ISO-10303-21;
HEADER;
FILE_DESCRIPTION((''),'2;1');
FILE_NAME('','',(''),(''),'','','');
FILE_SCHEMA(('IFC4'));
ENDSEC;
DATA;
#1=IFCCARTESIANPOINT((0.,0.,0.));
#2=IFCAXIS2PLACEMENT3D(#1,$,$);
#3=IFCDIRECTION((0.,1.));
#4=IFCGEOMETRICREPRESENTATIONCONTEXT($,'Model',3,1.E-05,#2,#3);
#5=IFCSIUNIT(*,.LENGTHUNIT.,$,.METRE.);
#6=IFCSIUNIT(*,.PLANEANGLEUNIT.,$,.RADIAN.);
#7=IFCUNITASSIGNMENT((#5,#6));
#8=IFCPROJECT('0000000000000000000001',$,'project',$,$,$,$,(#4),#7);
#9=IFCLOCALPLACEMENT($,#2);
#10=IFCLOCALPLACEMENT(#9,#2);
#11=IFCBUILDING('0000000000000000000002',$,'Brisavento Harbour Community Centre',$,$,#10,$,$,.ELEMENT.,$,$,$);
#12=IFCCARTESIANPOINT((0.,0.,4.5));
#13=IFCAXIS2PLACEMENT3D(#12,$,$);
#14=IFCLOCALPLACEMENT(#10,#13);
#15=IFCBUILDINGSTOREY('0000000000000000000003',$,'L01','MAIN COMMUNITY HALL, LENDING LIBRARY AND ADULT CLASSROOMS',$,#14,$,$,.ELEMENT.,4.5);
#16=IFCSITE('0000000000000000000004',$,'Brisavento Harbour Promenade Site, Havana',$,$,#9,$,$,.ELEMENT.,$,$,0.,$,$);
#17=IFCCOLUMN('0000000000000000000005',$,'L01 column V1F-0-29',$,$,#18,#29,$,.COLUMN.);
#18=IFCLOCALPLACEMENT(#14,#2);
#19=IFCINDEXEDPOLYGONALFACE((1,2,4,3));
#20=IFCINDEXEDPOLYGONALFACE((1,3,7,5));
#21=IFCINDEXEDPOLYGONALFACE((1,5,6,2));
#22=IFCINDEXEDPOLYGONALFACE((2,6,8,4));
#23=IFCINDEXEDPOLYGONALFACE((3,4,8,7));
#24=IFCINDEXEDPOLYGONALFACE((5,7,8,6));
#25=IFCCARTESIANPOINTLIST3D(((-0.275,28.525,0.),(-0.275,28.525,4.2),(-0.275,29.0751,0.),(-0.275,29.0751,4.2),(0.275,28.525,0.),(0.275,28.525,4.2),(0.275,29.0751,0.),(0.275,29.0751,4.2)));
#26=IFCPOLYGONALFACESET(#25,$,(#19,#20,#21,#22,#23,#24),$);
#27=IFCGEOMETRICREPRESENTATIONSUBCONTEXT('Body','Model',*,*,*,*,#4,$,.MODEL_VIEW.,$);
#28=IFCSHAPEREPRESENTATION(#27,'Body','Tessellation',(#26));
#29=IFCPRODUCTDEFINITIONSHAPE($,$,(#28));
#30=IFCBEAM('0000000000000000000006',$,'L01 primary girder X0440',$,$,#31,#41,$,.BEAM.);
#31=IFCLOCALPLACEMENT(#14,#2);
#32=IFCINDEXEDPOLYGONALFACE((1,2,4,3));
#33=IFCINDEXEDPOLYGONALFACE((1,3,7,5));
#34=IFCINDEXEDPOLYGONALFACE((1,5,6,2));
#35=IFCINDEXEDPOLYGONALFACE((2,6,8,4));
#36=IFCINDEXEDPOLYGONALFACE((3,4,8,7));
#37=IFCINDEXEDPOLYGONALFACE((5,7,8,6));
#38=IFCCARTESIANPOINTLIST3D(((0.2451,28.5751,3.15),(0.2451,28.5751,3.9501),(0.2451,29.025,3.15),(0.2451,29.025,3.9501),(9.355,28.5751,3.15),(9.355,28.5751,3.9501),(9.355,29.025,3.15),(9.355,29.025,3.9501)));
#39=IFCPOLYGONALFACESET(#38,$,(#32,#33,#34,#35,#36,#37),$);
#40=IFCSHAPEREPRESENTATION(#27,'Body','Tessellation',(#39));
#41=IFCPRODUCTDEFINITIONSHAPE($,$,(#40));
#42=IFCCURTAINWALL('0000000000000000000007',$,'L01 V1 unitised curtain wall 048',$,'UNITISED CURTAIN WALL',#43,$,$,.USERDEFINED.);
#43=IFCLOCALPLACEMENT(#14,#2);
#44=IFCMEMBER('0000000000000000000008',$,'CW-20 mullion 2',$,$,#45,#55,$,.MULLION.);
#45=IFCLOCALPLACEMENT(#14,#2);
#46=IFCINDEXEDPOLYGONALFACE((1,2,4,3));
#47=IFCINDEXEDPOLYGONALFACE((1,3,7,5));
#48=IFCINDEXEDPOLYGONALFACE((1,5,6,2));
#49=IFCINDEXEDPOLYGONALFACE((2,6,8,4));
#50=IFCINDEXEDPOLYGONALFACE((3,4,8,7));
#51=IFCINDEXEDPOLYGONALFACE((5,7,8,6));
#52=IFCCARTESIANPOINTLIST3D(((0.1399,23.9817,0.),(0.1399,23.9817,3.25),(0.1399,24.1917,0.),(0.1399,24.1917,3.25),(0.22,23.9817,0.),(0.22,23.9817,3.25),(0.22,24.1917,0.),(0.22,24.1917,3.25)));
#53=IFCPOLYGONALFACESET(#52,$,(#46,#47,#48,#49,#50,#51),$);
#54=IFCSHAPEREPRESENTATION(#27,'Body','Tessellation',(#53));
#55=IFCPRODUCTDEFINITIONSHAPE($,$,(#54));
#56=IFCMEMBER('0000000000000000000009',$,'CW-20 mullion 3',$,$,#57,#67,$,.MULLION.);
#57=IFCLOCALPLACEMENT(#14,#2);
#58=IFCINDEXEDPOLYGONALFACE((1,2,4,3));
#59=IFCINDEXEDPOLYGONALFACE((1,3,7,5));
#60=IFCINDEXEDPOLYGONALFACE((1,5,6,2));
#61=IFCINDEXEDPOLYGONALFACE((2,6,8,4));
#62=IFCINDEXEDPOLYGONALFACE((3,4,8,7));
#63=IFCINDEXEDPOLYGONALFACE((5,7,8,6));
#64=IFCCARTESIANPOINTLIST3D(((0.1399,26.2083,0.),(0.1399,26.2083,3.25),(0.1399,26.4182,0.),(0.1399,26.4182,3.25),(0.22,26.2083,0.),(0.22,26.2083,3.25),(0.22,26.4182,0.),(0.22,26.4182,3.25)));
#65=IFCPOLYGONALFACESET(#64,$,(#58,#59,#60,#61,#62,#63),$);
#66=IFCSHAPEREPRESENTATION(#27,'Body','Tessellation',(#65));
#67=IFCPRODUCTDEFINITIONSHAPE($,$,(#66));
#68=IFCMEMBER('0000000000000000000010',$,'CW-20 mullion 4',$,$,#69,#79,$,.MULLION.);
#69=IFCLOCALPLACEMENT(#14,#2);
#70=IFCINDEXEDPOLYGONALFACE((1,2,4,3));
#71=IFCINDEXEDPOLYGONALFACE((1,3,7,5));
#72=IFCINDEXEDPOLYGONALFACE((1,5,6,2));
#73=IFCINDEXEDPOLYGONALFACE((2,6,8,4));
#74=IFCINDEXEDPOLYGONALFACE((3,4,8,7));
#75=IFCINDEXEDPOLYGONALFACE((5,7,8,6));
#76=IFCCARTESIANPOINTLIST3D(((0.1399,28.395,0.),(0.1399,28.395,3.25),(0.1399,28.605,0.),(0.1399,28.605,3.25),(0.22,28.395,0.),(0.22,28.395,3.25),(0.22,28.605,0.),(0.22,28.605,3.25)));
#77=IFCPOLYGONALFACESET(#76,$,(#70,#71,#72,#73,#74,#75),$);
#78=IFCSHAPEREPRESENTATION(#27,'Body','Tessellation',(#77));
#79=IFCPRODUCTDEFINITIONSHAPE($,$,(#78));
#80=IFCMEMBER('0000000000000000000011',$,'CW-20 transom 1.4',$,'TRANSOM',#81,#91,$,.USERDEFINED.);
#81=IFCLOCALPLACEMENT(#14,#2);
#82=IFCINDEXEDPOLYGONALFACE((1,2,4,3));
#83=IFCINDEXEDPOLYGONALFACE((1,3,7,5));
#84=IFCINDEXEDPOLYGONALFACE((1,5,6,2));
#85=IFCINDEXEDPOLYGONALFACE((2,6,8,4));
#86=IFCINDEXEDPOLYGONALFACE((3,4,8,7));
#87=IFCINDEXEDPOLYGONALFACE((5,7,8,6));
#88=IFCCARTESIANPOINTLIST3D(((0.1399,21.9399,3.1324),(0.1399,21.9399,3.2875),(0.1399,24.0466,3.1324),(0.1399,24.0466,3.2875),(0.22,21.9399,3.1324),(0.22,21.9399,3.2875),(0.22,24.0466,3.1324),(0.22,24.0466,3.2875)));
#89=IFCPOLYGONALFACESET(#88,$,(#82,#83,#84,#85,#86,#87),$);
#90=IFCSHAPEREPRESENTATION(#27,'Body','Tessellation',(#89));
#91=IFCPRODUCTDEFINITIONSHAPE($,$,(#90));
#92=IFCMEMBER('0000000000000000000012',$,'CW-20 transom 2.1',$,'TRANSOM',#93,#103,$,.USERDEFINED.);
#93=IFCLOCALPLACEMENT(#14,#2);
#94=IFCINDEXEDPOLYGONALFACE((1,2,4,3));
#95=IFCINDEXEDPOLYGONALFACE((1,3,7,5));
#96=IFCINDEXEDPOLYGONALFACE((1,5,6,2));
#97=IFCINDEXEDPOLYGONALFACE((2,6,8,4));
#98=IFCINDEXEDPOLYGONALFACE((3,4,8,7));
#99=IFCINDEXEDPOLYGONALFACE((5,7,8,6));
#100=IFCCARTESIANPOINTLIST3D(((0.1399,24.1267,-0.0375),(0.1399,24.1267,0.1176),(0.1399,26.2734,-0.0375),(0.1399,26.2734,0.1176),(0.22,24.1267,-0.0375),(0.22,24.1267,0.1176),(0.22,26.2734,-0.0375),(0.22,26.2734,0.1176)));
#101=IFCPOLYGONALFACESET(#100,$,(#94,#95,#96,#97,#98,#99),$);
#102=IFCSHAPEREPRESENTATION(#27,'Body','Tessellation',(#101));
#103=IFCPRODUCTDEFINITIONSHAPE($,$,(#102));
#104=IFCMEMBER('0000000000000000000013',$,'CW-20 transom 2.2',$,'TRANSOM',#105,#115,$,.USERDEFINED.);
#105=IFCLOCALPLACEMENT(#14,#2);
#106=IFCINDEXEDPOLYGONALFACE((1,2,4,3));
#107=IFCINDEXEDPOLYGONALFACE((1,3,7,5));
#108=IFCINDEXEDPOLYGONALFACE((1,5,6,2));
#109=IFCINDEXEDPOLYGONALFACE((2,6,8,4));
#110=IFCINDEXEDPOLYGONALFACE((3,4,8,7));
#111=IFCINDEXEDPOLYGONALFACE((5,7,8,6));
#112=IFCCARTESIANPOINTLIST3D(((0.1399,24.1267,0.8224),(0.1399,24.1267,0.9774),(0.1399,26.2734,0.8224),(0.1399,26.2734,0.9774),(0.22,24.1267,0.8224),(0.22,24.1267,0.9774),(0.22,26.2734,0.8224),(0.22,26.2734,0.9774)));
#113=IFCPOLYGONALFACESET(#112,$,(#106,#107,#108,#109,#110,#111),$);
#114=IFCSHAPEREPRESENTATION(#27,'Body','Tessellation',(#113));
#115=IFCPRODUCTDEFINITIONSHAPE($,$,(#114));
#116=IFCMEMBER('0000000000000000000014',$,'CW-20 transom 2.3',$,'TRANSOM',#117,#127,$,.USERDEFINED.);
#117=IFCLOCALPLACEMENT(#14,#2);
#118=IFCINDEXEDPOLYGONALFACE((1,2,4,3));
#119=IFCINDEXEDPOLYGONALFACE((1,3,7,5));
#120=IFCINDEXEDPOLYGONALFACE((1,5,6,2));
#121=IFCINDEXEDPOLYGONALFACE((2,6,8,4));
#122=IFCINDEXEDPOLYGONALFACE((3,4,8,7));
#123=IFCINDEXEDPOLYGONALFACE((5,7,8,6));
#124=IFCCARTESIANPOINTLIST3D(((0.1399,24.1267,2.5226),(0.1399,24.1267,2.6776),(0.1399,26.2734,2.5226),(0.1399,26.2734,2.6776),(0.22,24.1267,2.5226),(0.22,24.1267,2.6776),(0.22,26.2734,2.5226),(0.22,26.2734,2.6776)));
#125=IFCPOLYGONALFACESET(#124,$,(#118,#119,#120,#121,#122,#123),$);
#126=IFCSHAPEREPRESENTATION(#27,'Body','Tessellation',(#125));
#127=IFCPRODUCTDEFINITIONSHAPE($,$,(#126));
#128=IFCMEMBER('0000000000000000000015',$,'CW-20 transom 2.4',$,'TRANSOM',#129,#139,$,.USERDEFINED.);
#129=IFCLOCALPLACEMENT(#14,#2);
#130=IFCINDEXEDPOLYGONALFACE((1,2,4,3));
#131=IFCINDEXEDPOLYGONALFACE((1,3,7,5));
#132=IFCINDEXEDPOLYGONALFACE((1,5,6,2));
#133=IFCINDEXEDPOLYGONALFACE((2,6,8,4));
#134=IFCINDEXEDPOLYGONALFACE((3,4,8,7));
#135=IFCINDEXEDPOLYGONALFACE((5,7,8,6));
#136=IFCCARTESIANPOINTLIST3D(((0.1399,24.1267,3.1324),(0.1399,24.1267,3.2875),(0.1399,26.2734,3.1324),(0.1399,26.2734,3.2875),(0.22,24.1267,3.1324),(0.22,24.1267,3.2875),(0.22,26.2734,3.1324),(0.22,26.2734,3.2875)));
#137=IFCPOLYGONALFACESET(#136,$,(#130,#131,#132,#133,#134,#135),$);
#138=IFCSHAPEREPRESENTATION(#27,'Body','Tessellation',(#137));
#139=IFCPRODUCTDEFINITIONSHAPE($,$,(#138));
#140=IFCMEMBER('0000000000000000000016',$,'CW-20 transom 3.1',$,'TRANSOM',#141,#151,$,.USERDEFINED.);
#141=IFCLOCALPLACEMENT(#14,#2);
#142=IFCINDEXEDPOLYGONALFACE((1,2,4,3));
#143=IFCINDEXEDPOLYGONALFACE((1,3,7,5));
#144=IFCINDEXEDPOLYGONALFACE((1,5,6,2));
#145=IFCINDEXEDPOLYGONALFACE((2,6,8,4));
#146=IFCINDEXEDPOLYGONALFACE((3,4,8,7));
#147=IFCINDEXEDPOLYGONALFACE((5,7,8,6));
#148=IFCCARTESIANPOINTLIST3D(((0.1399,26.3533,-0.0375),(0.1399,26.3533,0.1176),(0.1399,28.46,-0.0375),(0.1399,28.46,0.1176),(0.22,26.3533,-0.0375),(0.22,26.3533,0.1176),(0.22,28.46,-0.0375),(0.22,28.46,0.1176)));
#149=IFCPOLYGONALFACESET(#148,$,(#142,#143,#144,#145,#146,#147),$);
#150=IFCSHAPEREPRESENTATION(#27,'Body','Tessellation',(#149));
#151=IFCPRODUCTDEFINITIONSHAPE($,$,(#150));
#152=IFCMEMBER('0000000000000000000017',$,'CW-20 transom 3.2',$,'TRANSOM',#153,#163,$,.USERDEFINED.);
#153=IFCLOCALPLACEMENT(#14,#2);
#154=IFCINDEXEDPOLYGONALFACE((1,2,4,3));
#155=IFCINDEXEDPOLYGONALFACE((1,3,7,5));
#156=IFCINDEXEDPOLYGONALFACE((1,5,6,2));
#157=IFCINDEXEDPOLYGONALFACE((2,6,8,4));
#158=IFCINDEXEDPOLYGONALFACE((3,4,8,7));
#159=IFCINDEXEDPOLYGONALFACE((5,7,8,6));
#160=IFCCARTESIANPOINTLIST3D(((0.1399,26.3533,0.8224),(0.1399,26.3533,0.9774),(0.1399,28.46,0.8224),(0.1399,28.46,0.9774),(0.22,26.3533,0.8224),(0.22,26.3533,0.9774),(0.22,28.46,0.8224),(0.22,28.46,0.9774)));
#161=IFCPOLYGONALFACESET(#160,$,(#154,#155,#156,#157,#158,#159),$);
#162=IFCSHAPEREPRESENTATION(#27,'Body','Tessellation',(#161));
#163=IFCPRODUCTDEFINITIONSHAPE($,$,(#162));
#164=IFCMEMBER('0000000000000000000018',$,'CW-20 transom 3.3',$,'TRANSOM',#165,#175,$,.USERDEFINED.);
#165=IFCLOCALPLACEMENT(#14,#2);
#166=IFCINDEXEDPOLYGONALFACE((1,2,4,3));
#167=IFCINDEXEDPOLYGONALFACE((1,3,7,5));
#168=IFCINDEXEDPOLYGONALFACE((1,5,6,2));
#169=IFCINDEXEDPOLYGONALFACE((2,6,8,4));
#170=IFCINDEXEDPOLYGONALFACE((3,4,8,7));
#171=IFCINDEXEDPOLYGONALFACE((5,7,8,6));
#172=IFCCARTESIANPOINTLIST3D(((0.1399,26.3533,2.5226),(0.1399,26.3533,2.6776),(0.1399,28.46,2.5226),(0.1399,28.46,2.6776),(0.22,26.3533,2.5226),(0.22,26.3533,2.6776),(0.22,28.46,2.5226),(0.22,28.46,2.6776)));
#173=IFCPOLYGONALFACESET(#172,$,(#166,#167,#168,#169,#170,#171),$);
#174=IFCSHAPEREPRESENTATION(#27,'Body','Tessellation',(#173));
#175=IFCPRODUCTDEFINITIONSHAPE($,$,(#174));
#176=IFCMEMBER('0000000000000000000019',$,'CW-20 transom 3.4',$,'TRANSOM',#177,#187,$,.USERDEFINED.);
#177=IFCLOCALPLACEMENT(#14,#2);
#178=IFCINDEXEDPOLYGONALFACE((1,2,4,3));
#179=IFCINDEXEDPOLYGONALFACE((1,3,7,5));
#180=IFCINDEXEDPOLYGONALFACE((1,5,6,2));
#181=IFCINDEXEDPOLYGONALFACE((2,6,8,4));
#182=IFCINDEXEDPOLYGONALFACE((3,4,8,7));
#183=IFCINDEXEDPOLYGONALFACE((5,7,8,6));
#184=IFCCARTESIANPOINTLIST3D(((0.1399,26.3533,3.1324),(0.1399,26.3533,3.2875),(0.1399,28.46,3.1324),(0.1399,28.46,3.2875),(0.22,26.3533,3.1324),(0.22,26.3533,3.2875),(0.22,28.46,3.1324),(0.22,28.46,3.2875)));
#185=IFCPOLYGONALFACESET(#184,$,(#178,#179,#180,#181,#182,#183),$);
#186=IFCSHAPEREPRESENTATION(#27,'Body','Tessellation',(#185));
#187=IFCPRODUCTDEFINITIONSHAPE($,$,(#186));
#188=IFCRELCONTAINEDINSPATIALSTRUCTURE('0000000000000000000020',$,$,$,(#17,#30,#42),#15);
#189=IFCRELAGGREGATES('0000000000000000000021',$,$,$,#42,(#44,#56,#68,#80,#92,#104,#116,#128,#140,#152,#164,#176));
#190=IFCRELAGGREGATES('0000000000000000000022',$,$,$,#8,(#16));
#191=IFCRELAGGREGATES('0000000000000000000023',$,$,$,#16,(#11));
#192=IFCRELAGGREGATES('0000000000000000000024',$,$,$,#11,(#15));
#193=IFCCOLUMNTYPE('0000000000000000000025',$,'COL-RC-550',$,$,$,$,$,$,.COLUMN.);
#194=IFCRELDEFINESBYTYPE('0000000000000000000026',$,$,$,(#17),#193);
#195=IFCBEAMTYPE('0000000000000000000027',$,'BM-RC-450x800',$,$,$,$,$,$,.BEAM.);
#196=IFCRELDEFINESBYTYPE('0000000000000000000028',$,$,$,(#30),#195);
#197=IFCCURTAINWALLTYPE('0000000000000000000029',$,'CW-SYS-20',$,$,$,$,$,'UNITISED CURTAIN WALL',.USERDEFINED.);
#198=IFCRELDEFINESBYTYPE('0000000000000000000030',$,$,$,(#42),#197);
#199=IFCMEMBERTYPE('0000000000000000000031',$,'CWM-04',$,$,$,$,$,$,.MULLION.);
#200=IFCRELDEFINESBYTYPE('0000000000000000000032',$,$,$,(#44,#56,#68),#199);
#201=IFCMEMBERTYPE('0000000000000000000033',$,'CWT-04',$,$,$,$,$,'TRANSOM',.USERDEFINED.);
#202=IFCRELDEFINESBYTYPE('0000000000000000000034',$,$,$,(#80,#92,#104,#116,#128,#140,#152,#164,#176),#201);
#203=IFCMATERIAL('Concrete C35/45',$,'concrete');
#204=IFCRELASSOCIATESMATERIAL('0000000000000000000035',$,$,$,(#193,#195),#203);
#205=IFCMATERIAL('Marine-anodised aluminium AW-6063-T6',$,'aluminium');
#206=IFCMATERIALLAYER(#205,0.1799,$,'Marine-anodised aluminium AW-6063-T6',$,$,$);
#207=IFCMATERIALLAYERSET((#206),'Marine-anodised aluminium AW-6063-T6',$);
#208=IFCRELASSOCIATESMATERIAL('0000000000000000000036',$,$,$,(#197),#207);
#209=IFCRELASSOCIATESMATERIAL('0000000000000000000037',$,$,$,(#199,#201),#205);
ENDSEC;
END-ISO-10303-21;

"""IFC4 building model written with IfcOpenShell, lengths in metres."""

from ifc_helpers import new_model, si_unit, direction, frame, origin, origin_2d, place, context, subcontext, project, spatial, rectangle, extrude, material, layer, layer_set, material_profile, profile_set, type_object, element, aggregate, save


model = new_model("IFC4")

# Units and contexts
model_context = context("Model", 3, precision=1e-05, world=origin(), true_north=direction((0.0, 1.0)))
body_context = subcontext(model_context, "Body", "Model", "MODEL_VIEW")
ifc_project = project(units=[si_unit("LENGTHUNIT", "METRE"), si_unit("PLANEANGLEUNIT", "RADIAN")], contexts=[model_context])

# Site, building, storey
site_placement = place(None, origin())
site = spatial("IfcSite", under=ifc_project, at=site_placement, Name="Brisavento Harbour Promenade Site, Havana", CompositionType="ELEMENT", RefElevation=0.0)
building_placement = place(site_placement, origin())
building = spatial("IfcBuilding", under=site, at=building_placement, Name="Brisavento Harbour Community Centre", CompositionType="ELEMENT")
storey_placement = place(building_placement, frame((0.0, 0.0, 4.5)))
storey = spatial("IfcBuildingStorey", under=building, at=storey_placement, Name="L01", Description="MAIN COMMUNITY HALL, LENDING LIBRARY AND ADULT CLASSROOMS", CompositionType="ELEMENT", Elevation=4.5)

# Column
ifc_material_1 = material(Name="Concrete C35/45", Category="concrete")
ifc_material_profile_1 = material_profile(ifc_material_1, rectangle(XDim=0.55, YDim=0.55, at=origin_2d()), Name="Concrete C35/45")
ifc_profile_set_1 = profile_set([ifc_material_profile_1], Name="Concrete C35/45")
column_type = type_object("IfcColumnType", Name="COL-RC-550", PredefinedType="COLUMN", material=ifc_profile_set_1)
column_placement = place(storey_placement, frame((0.0, 28.8, 0.0), z_axis=(0.0, 0.0, 1.0), x_axis=(1.0, 0.0, 0.0)))
element("IfcColumn", 1, at=column_placement, inside=storey, type_object=column_type, Name="L01 column V1F-0-29", PredefinedType="COLUMN", context=body_context, shape_type="SweptSolid", body=[
    extrude(rectangle(XDim=0.55, YDim=0.55, at=origin_2d()), origin(), (0.0, 0.0, 1.0), 4.2),
])

# Beam
ifc_material_profile_2 = material_profile(ifc_material_1, rectangle(XDim=0.45, YDim=0.8, at=origin_2d()), Name="Concrete C35/45")
ifc_profile_set_2 = profile_set([ifc_material_profile_2], Name="Concrete C35/45")
beam_type = type_object("IfcBeamType", Name="BM-RC-450x800", PredefinedType="BEAM", material=ifc_profile_set_2)
beam_placement = place(storey_placement, frame((0.2451, 28.8, 3.55), z_axis=(1.0, 0.0, 0.0), x_axis=(0.0, 1.0, 0.0)))
element("IfcBeam", 2, at=beam_placement, inside=storey, type_object=beam_type, Name="L01 primary girder X0440", PredefinedType="BEAM", context=body_context, shape_type="SweptSolid", body=[
    extrude(rectangle(XDim=0.45, YDim=0.8, at=origin_2d()), origin(), (0.0, 0.0, 1.0), 9.1099),
])

# Curtain wall, members
ifc_material_2 = material(Name="Marine-anodised aluminium AW-6063-T6", Category="aluminium")
ifc_layer_1 = layer(ifc_material_2, 0.1799, Name="Marine-anodised aluminium AW-6063-T6")
ifc_layer_set_1 = layer_set([ifc_layer_1], Name="Marine-anodised aluminium AW-6063-T6")
curtain_wall_type = type_object("IfcCurtainWallType", Name="CW-SYS-20", ElementType="UNITISED CURTAIN WALL", PredefinedType="USERDEFINED", material=ifc_layer_set_1)
curtain_wall_placement = place(storey_placement, origin())
curtain_wall = element("IfcCurtainWall", 3, at=curtain_wall_placement, inside=storey, type_object=curtain_wall_type, Name="L01 V1 unitised curtain wall 048", ObjectType="UNITISED CURTAIN WALL", PredefinedType="USERDEFINED")
ifc_material_profile_3 = material_profile(ifc_material_2, rectangle(XDim=0.0801, YDim=0.21, at=origin_2d()), Name="Marine-anodised aluminium AW-6063-T6")
ifc_profile_set_3 = profile_set([ifc_material_profile_3], Name="Marine-anodised aluminium AW-6063-T6")
member_type_1 = type_object("IfcMemberType", Name="CWM-04", PredefinedType="MULLION", material=ifc_profile_set_3)
member_1_placement = place(storey_placement, frame((0.1799, 24.0867, 0.0), z_axis=(0.0, 0.0, 1.0), x_axis=(-1.0, 0.0, 0.0)))
member_1 = element("IfcMember", 4, at=member_1_placement, type_object=member_type_1, Name="CW-20 mullion 2", PredefinedType="MULLION", context=body_context, shape_type="SweptSolid", body=[
    extrude(rectangle(XDim=0.0801, YDim=0.21, at=origin_2d()), origin(), (0.0, 0.0, 1.0), 3.25),
])
member_2_placement = place(storey_placement, frame((0.1799, 26.3132, 0.0), z_axis=(0.0, 0.0, 1.0), x_axis=(-1.0, 0.0, 0.0)))
member_2 = element("IfcMember", 5, at=member_2_placement, type_object=member_type_1, Name="CW-20 mullion 3", PredefinedType="MULLION", context=body_context, shape_type="SweptSolid", body=[
    extrude(rectangle(XDim=0.0801, YDim=0.21, at=origin_2d()), origin(), (0.0, 0.0, 1.0), 3.25),
])
member_3_placement = place(storey_placement, frame((0.1799, 28.5, 0.0), z_axis=(0.0, 0.0, 1.0), x_axis=(-1.0, 0.0, 0.0)))
member_3 = element("IfcMember", 6, at=member_3_placement, type_object=member_type_1, Name="CW-20 mullion 4", PredefinedType="MULLION", context=body_context, shape_type="SweptSolid", body=[
    extrude(rectangle(XDim=0.0801, YDim=0.21, at=origin_2d()), origin(), (0.0, 0.0, 1.0), 3.25),
])
ifc_material_profile_4 = material_profile(ifc_material_2, rectangle(XDim=0.0801, YDim=0.155, at=origin_2d()), Name="Marine-anodised aluminium AW-6063-T6")
ifc_profile_set_4 = profile_set([ifc_material_profile_4], Name="Marine-anodised aluminium AW-6063-T6")
member_type_2 = type_object("IfcMemberType", Name="CWT-04", ElementType="TRANSOM", PredefinedType="USERDEFINED", material=ifc_profile_set_4)
member_4_placement = place(storey_placement, frame((0.1799, 21.9399, 3.21), z_axis=(0.0, 1.0, 0.0), x_axis=(-1.0, 0.0, 0.0)))
member_4 = element("IfcMember", 7, at=member_4_placement, type_object=member_type_2, Name="CW-20 transom 1.4", ObjectType="TRANSOM", PredefinedType="USERDEFINED", context=body_context, shape_type="SweptSolid", body=[
    extrude(rectangle(XDim=0.0801, YDim=0.155, at=origin_2d()), origin(), (0.0, 0.0, 1.0), 2.1067),
])
member_5_placement = place(storey_placement, frame((0.1799, 24.1267, 0.04), z_axis=(0.0, 1.0, 0.0), x_axis=(-1.0, 0.0, 0.0)))
member_5 = element("IfcMember", 8, at=member_5_placement, type_object=member_type_2, Name="CW-20 transom 2.1", ObjectType="TRANSOM", PredefinedType="USERDEFINED", context=body_context, shape_type="SweptSolid", body=[
    extrude(rectangle(XDim=0.0801, YDim=0.155, at=origin_2d()), origin(), (0.0, 0.0, 1.0), 2.1467),
])
member_6_placement = place(storey_placement, frame((0.1799, 24.1267, 0.8999), z_axis=(0.0, 1.0, 0.0), x_axis=(-1.0, 0.0, 0.0)))
member_6 = element("IfcMember", 9, at=member_6_placement, type_object=member_type_2, Name="CW-20 transom 2.2", ObjectType="TRANSOM", PredefinedType="USERDEFINED", context=body_context, shape_type="SweptSolid", body=[
    extrude(rectangle(XDim=0.0801, YDim=0.155, at=origin_2d()), origin(), (0.0, 0.0, 1.0), 2.1467),
])
member_7_placement = place(storey_placement, frame((0.1799, 24.1267, 2.6001), z_axis=(0.0, 1.0, 0.0), x_axis=(-1.0, 0.0, 0.0)))
member_7 = element("IfcMember", 10, at=member_7_placement, type_object=member_type_2, Name="CW-20 transom 2.3", ObjectType="TRANSOM", PredefinedType="USERDEFINED", context=body_context, shape_type="SweptSolid", body=[
    extrude(rectangle(XDim=0.0801, YDim=0.155, at=origin_2d()), origin(), (0.0, 0.0, 1.0), 2.1467),
])
member_8_placement = place(storey_placement, frame((0.1799, 24.1267, 3.21), z_axis=(0.0, 1.0, 0.0), x_axis=(-1.0, 0.0, 0.0)))
member_8 = element("IfcMember", 11, at=member_8_placement, type_object=member_type_2, Name="CW-20 transom 2.4", ObjectType="TRANSOM", PredefinedType="USERDEFINED", context=body_context, shape_type="SweptSolid", body=[
    extrude(rectangle(XDim=0.0801, YDim=0.155, at=origin_2d()), origin(), (0.0, 0.0, 1.0), 2.1467),
])
member_9_placement = place(storey_placement, frame((0.1799, 26.3533, 0.04), z_axis=(0.0, 1.0, 0.0), x_axis=(-1.0, 0.0, 0.0)))
member_9 = element("IfcMember", 12, at=member_9_placement, type_object=member_type_2, Name="CW-20 transom 3.1", ObjectType="TRANSOM", PredefinedType="USERDEFINED", context=body_context, shape_type="SweptSolid", body=[
    extrude(rectangle(XDim=0.0801, YDim=0.155, at=origin_2d()), origin(), (0.0, 0.0, 1.0), 2.1067),
])
member_10_placement = place(storey_placement, frame((0.1799, 26.3533, 0.8999), z_axis=(0.0, 1.0, 0.0), x_axis=(-1.0, 0.0, 0.0)))
member_10 = element("IfcMember", 13, at=member_10_placement, type_object=member_type_2, Name="CW-20 transom 3.2", ObjectType="TRANSOM", PredefinedType="USERDEFINED", context=body_context, shape_type="SweptSolid", body=[
    extrude(rectangle(XDim=0.0801, YDim=0.155, at=origin_2d()), origin(), (0.0, 0.0, 1.0), 2.1067),
])
member_11_placement = place(storey_placement, frame((0.1799, 26.3533, 2.6001), z_axis=(0.0, 1.0, 0.0), x_axis=(-1.0, 0.0, 0.0)))
member_11 = element("IfcMember", 14, at=member_11_placement, type_object=member_type_2, Name="CW-20 transom 3.3", ObjectType="TRANSOM", PredefinedType="USERDEFINED", context=body_context, shape_type="SweptSolid", body=[
    extrude(rectangle(XDim=0.0801, YDim=0.155, at=origin_2d()), origin(), (0.0, 0.0, 1.0), 2.1067),
])
member_12_placement = place(storey_placement, frame((0.1799, 26.3533, 3.21), z_axis=(0.0, 1.0, 0.0), x_axis=(-1.0, 0.0, 0.0)))
member_12 = element("IfcMember", 15, at=member_12_placement, type_object=member_type_2, Name="CW-20 transom 3.4", ObjectType="TRANSOM", PredefinedType="USERDEFINED", context=body_context, shape_type="SweptSolid", body=[
    extrude(rectangle(XDim=0.0801, YDim=0.155, at=origin_2d()), origin(), (0.0, 0.0, 1.0), 2.1067),
])
aggregate(curtain_wall, [member_1, member_2, member_3, member_4, member_5, member_6, member_7, member_8, member_9, member_10, member_11, member_12])

save(model, "model.ifc")
